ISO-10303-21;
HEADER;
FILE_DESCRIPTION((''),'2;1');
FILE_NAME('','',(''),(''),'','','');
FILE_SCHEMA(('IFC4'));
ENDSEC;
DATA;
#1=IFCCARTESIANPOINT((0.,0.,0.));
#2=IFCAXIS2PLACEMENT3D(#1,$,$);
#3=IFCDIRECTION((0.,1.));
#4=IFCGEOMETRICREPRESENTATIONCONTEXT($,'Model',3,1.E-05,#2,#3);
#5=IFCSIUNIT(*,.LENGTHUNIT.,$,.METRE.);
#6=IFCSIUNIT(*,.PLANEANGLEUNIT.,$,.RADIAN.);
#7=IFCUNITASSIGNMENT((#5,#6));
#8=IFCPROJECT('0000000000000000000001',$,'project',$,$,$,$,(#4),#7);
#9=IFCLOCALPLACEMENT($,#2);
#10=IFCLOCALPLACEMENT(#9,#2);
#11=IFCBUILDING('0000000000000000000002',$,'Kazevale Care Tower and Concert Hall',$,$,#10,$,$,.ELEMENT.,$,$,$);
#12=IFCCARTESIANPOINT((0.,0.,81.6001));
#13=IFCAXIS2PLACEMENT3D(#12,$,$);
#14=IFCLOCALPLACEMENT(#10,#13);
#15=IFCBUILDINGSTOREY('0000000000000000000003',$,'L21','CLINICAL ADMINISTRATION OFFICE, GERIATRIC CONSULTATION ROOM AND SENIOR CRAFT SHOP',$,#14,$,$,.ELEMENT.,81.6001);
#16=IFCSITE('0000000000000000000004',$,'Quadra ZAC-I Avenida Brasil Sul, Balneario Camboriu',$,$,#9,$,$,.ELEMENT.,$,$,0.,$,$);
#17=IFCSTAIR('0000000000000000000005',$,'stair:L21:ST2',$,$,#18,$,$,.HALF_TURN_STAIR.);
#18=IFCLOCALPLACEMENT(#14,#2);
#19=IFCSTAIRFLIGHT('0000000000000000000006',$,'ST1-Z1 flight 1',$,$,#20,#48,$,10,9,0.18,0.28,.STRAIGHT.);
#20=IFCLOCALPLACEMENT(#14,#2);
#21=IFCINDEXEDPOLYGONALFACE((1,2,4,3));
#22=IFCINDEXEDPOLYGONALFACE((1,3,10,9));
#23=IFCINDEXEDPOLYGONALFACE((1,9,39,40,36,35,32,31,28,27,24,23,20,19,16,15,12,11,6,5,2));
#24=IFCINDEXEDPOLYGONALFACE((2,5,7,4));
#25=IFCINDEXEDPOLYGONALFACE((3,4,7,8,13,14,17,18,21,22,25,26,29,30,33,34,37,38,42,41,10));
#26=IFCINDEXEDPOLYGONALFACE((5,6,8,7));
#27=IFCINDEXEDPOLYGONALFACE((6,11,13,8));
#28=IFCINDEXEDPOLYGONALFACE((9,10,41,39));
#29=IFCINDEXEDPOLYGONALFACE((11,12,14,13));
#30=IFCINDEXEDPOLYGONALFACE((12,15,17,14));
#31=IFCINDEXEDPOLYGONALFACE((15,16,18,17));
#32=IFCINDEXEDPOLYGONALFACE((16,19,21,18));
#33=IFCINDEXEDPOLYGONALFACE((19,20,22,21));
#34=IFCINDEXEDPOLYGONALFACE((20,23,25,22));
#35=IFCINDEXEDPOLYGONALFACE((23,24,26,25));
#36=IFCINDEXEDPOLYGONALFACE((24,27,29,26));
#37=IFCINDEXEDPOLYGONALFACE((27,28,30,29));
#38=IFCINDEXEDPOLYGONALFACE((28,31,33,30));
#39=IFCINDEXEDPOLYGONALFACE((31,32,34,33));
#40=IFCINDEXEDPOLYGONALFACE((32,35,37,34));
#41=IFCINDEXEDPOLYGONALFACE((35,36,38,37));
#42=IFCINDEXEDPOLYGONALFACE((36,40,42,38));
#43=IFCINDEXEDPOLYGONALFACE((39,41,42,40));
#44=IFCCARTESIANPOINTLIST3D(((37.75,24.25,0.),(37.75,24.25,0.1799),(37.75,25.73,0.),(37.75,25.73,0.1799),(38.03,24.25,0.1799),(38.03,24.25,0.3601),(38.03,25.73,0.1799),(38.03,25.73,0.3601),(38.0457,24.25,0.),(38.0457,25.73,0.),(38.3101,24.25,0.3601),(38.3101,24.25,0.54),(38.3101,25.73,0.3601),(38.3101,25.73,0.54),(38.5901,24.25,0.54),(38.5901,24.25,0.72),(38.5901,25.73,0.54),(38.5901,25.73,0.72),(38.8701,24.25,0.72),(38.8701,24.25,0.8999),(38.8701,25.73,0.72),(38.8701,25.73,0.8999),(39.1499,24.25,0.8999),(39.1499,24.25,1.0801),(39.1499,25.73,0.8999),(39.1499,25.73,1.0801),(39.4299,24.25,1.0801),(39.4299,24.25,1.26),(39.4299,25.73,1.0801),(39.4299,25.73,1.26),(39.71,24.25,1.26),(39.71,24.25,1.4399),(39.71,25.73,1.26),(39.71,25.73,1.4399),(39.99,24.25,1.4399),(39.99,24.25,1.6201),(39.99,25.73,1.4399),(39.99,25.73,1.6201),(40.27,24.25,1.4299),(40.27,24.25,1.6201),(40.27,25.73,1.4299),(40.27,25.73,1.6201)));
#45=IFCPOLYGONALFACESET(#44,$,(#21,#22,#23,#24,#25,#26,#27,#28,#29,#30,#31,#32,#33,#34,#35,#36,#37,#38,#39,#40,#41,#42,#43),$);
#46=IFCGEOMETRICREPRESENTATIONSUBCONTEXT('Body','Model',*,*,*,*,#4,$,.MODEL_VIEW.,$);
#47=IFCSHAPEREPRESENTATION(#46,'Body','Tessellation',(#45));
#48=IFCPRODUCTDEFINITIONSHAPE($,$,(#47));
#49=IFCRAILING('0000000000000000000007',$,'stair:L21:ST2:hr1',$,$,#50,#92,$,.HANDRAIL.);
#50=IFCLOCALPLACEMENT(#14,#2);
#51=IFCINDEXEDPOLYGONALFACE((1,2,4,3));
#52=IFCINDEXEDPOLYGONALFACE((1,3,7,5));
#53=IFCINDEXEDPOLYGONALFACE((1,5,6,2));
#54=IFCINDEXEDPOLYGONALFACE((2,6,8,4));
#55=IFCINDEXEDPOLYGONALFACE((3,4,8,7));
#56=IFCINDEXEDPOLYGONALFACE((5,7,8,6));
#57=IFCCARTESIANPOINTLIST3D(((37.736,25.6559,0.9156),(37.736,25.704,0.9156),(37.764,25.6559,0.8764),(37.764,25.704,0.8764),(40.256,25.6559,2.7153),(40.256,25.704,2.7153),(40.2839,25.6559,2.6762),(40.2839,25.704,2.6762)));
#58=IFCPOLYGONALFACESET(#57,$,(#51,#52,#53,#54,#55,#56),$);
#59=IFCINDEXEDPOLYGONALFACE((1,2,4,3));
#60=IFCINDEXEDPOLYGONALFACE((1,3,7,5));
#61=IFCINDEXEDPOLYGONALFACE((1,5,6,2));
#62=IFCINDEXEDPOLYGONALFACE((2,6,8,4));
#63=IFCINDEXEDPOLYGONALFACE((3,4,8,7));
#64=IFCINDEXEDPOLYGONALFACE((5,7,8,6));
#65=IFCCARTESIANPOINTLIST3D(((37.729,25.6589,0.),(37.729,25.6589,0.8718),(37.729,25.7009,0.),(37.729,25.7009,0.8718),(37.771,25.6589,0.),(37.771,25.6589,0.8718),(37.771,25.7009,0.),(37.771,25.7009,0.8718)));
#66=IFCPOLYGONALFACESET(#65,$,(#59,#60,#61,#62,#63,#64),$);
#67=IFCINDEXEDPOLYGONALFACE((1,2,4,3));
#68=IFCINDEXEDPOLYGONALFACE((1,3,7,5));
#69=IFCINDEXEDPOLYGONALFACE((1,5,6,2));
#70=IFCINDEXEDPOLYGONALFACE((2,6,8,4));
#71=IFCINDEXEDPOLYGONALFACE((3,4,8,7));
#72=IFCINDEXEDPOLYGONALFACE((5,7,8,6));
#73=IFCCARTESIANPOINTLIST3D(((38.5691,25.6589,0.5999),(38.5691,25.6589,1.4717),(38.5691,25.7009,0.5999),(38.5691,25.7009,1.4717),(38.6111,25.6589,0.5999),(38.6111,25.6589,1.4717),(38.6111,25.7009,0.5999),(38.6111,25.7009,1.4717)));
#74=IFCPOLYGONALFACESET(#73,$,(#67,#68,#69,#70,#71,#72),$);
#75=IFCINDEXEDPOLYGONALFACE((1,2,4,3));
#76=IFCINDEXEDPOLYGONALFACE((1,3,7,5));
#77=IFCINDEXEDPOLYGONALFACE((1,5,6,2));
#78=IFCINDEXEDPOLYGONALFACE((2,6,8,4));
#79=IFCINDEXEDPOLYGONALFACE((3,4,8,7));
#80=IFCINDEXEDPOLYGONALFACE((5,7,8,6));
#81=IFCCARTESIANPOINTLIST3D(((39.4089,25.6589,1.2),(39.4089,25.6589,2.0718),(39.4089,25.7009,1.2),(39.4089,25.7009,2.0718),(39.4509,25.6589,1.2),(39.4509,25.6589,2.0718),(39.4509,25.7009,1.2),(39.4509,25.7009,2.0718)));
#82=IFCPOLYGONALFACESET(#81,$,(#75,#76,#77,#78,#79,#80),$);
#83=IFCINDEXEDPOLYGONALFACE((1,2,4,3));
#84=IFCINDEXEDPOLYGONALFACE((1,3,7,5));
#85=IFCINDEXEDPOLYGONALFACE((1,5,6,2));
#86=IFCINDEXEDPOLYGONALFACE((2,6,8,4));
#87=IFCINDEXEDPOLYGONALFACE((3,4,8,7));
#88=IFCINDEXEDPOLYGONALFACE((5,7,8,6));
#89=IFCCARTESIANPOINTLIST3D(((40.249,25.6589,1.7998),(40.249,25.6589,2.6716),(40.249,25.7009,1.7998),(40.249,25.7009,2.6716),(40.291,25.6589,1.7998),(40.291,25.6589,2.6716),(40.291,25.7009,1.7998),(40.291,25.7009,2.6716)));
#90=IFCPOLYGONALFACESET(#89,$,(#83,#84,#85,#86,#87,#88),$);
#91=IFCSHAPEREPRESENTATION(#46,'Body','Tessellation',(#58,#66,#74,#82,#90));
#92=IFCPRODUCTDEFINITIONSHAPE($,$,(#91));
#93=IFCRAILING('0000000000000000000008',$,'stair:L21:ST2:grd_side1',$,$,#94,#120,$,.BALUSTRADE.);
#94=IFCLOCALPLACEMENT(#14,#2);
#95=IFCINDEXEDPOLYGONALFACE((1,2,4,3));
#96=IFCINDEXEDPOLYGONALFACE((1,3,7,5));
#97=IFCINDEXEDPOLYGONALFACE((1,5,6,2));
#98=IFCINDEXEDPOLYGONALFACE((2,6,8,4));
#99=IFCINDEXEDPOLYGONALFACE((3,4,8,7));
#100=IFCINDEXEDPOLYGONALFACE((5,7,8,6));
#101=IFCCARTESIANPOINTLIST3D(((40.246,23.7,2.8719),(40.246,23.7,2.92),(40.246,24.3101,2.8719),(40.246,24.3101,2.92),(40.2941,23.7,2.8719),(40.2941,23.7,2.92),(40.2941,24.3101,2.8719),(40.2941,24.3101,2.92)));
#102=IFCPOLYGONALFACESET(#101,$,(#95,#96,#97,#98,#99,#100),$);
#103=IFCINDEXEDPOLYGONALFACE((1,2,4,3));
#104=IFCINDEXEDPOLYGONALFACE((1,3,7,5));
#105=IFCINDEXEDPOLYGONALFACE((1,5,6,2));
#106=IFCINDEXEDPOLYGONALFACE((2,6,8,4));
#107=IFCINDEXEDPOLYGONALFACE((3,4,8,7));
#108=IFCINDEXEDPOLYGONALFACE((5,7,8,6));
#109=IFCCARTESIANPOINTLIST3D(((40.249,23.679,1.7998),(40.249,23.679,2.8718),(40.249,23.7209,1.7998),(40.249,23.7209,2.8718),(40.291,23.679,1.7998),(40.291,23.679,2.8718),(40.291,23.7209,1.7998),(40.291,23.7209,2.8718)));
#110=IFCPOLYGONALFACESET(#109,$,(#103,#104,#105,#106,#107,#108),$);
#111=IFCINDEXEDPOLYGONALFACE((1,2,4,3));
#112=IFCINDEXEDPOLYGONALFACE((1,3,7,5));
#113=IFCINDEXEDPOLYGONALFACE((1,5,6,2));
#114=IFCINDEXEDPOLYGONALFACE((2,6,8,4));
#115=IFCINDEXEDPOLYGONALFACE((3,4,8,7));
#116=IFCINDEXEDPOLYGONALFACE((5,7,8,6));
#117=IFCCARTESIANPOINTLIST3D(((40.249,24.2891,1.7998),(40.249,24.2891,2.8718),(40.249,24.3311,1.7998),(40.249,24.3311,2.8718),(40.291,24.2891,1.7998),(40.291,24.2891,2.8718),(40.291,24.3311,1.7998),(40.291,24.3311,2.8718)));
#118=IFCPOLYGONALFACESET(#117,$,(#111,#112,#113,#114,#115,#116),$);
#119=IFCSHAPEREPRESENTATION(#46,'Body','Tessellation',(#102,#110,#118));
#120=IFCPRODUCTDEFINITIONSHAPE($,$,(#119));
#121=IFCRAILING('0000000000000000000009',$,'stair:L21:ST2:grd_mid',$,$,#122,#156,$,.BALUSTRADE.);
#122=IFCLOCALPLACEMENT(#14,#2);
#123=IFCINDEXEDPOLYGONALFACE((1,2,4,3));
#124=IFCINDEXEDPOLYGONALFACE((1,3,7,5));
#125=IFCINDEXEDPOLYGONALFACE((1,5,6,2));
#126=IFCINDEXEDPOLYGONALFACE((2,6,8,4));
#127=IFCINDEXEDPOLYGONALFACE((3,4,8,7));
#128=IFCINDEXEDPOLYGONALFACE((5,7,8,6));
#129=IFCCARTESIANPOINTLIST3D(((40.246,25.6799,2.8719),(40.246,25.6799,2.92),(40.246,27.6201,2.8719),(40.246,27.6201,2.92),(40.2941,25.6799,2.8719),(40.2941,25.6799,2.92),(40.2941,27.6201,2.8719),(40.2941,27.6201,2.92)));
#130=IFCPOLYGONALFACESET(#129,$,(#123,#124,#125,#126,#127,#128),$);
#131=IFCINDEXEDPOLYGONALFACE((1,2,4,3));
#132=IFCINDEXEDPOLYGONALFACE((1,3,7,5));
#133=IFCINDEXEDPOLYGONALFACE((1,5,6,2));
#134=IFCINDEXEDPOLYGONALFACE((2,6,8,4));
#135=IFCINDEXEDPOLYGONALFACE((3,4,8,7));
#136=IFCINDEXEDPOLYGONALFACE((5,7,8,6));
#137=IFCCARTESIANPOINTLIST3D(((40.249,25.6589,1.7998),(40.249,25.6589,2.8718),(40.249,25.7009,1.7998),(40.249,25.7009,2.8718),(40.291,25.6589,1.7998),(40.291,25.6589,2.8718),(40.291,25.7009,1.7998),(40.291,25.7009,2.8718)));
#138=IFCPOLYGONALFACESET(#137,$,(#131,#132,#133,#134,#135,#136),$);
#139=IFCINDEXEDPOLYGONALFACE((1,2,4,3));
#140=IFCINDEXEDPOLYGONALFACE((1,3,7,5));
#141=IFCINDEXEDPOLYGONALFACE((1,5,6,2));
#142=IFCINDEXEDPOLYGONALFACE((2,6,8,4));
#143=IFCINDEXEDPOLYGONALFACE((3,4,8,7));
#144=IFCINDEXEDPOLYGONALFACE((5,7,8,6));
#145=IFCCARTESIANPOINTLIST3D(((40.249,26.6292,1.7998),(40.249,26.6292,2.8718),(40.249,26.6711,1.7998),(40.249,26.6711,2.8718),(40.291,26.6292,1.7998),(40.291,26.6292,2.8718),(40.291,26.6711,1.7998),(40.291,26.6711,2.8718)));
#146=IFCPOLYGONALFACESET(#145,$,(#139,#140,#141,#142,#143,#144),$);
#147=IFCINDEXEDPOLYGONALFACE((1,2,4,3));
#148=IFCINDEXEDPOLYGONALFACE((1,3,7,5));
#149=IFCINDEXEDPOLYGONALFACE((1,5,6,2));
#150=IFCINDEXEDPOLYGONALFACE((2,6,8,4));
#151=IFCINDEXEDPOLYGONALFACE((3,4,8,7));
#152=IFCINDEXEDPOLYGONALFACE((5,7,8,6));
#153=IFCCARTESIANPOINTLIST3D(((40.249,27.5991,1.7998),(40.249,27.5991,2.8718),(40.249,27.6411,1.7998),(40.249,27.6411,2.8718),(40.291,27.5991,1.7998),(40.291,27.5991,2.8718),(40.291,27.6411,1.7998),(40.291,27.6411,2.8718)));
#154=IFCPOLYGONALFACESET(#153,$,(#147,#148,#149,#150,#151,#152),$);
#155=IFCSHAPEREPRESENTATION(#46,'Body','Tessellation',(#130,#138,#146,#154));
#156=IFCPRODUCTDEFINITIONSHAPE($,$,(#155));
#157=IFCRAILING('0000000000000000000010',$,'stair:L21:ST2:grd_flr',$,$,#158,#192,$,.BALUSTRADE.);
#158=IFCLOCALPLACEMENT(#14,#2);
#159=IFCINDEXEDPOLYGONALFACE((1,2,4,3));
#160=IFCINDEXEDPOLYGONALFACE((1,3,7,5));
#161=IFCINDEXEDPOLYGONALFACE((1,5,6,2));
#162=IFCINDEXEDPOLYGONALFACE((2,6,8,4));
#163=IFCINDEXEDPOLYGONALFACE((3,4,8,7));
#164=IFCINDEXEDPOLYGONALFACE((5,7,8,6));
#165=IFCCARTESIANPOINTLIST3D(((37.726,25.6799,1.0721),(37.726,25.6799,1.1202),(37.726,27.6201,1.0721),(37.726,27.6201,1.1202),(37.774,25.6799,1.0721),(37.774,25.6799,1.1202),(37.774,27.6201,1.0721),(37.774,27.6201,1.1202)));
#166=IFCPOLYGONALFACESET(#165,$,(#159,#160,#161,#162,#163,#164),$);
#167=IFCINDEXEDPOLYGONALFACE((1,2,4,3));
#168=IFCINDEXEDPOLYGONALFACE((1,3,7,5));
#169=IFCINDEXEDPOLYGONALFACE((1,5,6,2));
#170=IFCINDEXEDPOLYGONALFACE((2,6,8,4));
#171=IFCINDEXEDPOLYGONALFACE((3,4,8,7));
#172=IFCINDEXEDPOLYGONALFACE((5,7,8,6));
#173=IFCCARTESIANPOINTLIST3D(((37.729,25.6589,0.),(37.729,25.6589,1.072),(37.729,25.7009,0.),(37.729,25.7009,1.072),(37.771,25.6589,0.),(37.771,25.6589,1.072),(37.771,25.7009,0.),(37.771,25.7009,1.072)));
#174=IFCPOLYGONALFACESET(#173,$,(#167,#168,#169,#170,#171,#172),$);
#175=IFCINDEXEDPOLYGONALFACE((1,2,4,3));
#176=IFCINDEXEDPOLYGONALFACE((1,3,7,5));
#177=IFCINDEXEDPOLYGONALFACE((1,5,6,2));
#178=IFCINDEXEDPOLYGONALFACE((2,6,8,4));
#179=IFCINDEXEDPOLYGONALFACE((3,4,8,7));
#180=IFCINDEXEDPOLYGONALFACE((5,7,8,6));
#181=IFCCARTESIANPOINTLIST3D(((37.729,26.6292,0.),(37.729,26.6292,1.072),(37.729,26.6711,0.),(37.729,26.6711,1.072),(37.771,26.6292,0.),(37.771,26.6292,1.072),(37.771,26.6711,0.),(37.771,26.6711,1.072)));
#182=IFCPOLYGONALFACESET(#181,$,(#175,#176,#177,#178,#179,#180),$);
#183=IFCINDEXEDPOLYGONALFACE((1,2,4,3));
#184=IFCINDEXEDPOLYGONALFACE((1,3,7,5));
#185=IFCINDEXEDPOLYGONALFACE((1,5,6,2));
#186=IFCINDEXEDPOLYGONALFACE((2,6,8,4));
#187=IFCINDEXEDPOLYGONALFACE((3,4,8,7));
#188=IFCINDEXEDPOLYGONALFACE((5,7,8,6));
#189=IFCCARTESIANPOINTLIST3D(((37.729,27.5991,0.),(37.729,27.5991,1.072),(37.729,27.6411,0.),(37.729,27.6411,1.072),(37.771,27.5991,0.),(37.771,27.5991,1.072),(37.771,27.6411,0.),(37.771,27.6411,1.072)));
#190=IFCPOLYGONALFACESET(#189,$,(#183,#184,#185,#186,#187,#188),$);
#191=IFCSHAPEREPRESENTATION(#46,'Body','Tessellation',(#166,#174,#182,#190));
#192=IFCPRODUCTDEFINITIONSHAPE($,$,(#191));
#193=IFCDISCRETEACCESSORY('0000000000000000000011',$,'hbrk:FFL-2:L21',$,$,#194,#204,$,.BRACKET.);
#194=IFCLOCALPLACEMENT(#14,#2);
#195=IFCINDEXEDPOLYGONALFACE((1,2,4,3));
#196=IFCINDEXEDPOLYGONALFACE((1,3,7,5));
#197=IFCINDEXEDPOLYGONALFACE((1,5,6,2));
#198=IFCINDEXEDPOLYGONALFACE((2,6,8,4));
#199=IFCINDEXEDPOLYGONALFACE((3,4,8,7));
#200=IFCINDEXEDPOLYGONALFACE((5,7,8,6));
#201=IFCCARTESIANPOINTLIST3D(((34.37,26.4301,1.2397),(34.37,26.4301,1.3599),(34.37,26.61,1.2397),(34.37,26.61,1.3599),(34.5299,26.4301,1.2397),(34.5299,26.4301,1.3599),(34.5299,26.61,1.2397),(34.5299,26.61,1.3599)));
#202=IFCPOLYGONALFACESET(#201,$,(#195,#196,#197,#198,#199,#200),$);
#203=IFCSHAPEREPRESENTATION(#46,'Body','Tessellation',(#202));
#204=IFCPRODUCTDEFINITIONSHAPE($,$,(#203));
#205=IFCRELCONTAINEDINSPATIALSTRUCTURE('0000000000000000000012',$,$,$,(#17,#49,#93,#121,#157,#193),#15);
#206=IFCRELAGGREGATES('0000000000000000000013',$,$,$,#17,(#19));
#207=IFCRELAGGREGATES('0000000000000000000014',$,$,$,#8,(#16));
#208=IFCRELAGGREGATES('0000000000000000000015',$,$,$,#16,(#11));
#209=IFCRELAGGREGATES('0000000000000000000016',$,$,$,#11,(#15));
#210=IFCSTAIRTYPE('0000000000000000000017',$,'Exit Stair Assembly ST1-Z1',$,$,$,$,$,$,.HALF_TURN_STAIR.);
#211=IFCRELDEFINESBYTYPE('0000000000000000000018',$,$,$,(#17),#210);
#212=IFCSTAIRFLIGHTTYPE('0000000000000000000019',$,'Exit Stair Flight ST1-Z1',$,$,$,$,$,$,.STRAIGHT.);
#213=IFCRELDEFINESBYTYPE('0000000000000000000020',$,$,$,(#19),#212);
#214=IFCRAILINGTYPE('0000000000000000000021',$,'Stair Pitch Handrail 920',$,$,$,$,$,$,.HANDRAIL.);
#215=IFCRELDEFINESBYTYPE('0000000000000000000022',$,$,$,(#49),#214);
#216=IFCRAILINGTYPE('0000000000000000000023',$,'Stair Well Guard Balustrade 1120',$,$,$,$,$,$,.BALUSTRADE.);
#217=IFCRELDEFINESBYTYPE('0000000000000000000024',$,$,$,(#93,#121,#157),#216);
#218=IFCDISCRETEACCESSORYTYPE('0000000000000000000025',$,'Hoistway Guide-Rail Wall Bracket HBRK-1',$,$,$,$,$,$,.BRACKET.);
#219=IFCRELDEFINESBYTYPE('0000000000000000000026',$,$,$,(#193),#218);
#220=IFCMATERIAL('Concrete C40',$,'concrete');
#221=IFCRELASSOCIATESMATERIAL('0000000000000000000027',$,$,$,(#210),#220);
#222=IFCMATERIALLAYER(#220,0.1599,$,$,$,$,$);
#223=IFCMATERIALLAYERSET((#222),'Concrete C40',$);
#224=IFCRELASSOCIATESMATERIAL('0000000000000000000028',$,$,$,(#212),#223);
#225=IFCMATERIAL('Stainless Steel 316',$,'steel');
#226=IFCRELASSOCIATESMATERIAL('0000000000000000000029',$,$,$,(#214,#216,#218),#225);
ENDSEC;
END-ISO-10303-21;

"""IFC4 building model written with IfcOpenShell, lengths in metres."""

from ifc_helpers import new_model, si_unit, direction, frame, origin, origin_2d, place, context, subcontext, project, spatial, polyline, rectangle, outline, extrude, material, layer, layer_set, type_object, element, aggregate, save


model = new_model("IFC4")

# Units and contexts
model_context = context("Model", 3, precision=1e-05, world=origin(), true_north=direction((0.0, 1.0)))
body_context = subcontext(model_context, "Body", "Model", "MODEL_VIEW")
ifc_project = project(units=[si_unit("LENGTHUNIT", "METRE"), si_unit("PLANEANGLEUNIT", "RADIAN")], contexts=[model_context])

# Site, building, storey
site_placement = place(None, origin())
site = spatial("IfcSite", under=ifc_project, at=site_placement, Name="Quadra ZAC-I Avenida Brasil Sul, Balneario Camboriu", CompositionType="ELEMENT", RefElevation=0.0)
building_placement = place(site_placement, origin())
building = spatial("IfcBuilding", under=site, at=building_placement, Name="Kazevale Care Tower and Concert Hall", CompositionType="ELEMENT")
storey_placement = place(building_placement, frame((0.0, 0.0, 81.6001)))
storey = spatial("IfcBuildingStorey", under=building, at=storey_placement, Name="L21", Description="CLINICAL ADMINISTRATION OFFICE, GERIATRIC CONSULTATION ROOM AND SENIOR CRAFT SHOP", CompositionType="ELEMENT", Elevation=81.6001)

# Shared definitions
ifc_material_1 = material(Name="Concrete C40", Category="concrete")

# Stair, stair flight
stair_type = type_object("IfcStairType", Name="Exit Stair Assembly ST1-Z1", PredefinedType="HALF_TURN_STAIR", material=ifc_material_1)
stair_placement = place(storey_placement, origin())
stair = element("IfcStair", 1, at=stair_placement, inside=storey, type_object=stair_type, Name="stair:L21:ST2", PredefinedType="HALF_TURN_STAIR")
ifc_layer_1 = layer(ifc_material_1, 0.1599)
ifc_layer_set_1 = layer_set([ifc_layer_1], Name="Concrete C40")
stair_flight_type = type_object("IfcStairFlightType", Name="Exit Stair Flight ST1-Z1", PredefinedType="STRAIGHT", material=ifc_layer_set_1)
stair_flight_placement = place(storey_placement, frame((37.75, 24.99, 0.0), z_axis=(0.0, 0.0, 1.0), x_axis=(1.0, 0.0, 0.0)))
stair_flight = element("IfcStairFlight", 2, at=stair_flight_placement, type_object=stair_flight_type, Name="ST1-Z1 flight 1", NumberOfRisers=10, NumberOfTreads=9, PredefinedType="STRAIGHT", RiserHeight=0.18, TreadLength=0.28, context=body_context, shape_type="SweptSolid", body=[
    extrude(outline(polyline([(0.0, 0.0), (0.0, 0.1799), (0.28, 0.1799), (0.28, 0.3601), (0.5601, 0.3601), (0.5601, 0.54), (0.8401, 0.54), (0.8401, 0.72), (1.1201, 0.72), (1.1201, 0.8999), (1.3999, 0.8999), (1.3999, 1.0801), (1.6799, 1.0801), (1.6799, 1.26), (1.96, 1.26), (1.96, 1.4399), (2.24, 1.4399), (2.24, 1.6201), (2.52, 1.6201), (2.52, 1.8), (2.52, 1.4299), (0.2957, 0.0), (0.0, 0.0)])), frame((0.0, 0.74, 0.0), z_axis=(0.0, -1.0, 0.0), x_axis=(1.0, 0.0, 0.0)), (0.0, 0.0, 1.0), 1.48),
])
aggregate(stair, [stair_flight])

# Railings
ifc_material_2 = material(Name="Stainless Steel 316", Category="steel")
railing_type_1 = type_object("IfcRailingType", Name="Stair Pitch Handrail 920", PredefinedType="HANDRAIL", material=ifc_material_2)
railing_1_placement = place(storey_placement, frame((37.75, 25.6799, 0.0)))
element("IfcRailing", 3, at=railing_1_placement, inside=storey, type_object=railing_type_1, Name="stair:L21:ST2:hr1", PredefinedType="HANDRAIL", context=body_context, shape_type="SweptSolid", body=[
    extrude(rectangle(XDim=0.0481, YDim=0.0481, at=origin_2d()), frame((0.0, 0.0, 0.896), z_axis=(0.813765, 0.0, 0.581193), x_axis=(0.0, 1.0, 0.0)), (0.0, 0.0, 1.0), 3.0967),
    extrude(rectangle(XDim=0.042, YDim=0.042, at=origin_2d()), origin(), (0.0, 0.0, 1.0), 0.8718),
    extrude(rectangle(XDim=0.042, YDim=0.042, at=origin_2d()), frame((0.8401, 0.0, 0.5999)), (0.0, 0.0, 1.0), 0.8718),
    extrude(rectangle(XDim=0.042, YDim=0.042, at=origin_2d()), frame((1.6799, 0.0, 1.2)), (0.0, 0.0, 1.0), 0.8718),
    extrude(rectangle(XDim=0.042, YDim=0.042, at=origin_2d()), frame((2.52, 0.0, 1.7998)), (0.0, 0.0, 1.0), 0.8718),
])
railing_type_2 = type_object("IfcRailingType", Name="Stair Well Guard Balustrade 1120", PredefinedType="BALUSTRADE", material=ifc_material_2)
railing_2_placement = place(storey_placement, frame((40.27, 23.7, 1.7998)))
element("IfcRailing", 4, at=railing_2_placement, inside=storey, type_object=railing_type_2, Name="stair:L21:ST2:grd_side1", PredefinedType="BALUSTRADE", context=body_context, shape_type="SweptSolid", body=[
    extrude(rectangle(XDim=0.0481, YDim=0.0481, at=origin_2d()), frame((0.0, 0.0, 1.0962), z_axis=(0.0, 1.0, 0.0), x_axis=(-1.0, 0.0, 0.0)), (0.0, 0.0, 1.0), 0.6101),
    extrude(rectangle(XDim=0.042, YDim=0.042, at=origin_2d()), origin(), (0.0, 0.0, 1.0), 1.072),
    extrude(rectangle(XDim=0.042, YDim=0.042, at=origin_2d()), frame((0.0, 0.6101, 0.0)), (0.0, 0.0, 1.0), 1.072),
])
for number, where, name in (
    (5, (40.27, 25.6799, 1.7998), "stair:L21:ST2:grd_mid"),
    (6, (37.75, 25.6799, 0.0), "stair:L21:ST2:grd_flr"),
):
    element("IfcRailing", number, at=place(storey_placement, frame(where)), inside=storey, type_object=railing_type_2, Name=name, PredefinedType="BALUSTRADE", context=body_context, shape_type="SweptSolid", body=[
        extrude(rectangle(XDim=0.0481, YDim=0.0481, at=origin_2d()), frame((0.0, 0.0, 1.0962), z_axis=(0.0, 1.0, 0.0), x_axis=(-1.0, 0.0, 0.0)), (0.0, 0.0, 1.0), 1.9402),
        extrude(rectangle(XDim=0.042, YDim=0.042, at=origin_2d()), origin(), (0.0, 0.0, 1.0), 1.072),
        extrude(rectangle(XDim=0.042, YDim=0.042, at=origin_2d()), frame((0.0, 0.9702, 0.0)), (0.0, 0.0, 1.0), 1.072),
        extrude(rectangle(XDim=0.042, YDim=0.042, at=origin_2d()), frame((0.0, 1.9402, 0.0)), (0.0, 0.0, 1.0), 1.072),
    ])

# Discrete accessory
discrete_accessory_type = type_object("IfcDiscreteAccessoryType", Name="Hoistway Guide-Rail Wall Bracket HBRK-1", PredefinedType="BRACKET", material=ifc_material_2)
discrete_accessory_placement = place(storey_placement, frame((34.45, 26.52, 1.2397), z_axis=(0.0, 0.0, 1.0), x_axis=(1.0, 0.0, 0.0)))
element("IfcDiscreteAccessory", 7, at=discrete_accessory_placement, inside=storey, type_object=discrete_accessory_type, Name="hbrk:FFL-2:L21", PredefinedType="BRACKET", context=body_context, shape_type="SweptSolid", body=[
    extrude(rectangle(XDim=0.1599, YDim=0.1799, at=origin_2d()), origin(), (0.0, 0.0, 1.0), 0.1201),
])

save(model, "model.ifc")
